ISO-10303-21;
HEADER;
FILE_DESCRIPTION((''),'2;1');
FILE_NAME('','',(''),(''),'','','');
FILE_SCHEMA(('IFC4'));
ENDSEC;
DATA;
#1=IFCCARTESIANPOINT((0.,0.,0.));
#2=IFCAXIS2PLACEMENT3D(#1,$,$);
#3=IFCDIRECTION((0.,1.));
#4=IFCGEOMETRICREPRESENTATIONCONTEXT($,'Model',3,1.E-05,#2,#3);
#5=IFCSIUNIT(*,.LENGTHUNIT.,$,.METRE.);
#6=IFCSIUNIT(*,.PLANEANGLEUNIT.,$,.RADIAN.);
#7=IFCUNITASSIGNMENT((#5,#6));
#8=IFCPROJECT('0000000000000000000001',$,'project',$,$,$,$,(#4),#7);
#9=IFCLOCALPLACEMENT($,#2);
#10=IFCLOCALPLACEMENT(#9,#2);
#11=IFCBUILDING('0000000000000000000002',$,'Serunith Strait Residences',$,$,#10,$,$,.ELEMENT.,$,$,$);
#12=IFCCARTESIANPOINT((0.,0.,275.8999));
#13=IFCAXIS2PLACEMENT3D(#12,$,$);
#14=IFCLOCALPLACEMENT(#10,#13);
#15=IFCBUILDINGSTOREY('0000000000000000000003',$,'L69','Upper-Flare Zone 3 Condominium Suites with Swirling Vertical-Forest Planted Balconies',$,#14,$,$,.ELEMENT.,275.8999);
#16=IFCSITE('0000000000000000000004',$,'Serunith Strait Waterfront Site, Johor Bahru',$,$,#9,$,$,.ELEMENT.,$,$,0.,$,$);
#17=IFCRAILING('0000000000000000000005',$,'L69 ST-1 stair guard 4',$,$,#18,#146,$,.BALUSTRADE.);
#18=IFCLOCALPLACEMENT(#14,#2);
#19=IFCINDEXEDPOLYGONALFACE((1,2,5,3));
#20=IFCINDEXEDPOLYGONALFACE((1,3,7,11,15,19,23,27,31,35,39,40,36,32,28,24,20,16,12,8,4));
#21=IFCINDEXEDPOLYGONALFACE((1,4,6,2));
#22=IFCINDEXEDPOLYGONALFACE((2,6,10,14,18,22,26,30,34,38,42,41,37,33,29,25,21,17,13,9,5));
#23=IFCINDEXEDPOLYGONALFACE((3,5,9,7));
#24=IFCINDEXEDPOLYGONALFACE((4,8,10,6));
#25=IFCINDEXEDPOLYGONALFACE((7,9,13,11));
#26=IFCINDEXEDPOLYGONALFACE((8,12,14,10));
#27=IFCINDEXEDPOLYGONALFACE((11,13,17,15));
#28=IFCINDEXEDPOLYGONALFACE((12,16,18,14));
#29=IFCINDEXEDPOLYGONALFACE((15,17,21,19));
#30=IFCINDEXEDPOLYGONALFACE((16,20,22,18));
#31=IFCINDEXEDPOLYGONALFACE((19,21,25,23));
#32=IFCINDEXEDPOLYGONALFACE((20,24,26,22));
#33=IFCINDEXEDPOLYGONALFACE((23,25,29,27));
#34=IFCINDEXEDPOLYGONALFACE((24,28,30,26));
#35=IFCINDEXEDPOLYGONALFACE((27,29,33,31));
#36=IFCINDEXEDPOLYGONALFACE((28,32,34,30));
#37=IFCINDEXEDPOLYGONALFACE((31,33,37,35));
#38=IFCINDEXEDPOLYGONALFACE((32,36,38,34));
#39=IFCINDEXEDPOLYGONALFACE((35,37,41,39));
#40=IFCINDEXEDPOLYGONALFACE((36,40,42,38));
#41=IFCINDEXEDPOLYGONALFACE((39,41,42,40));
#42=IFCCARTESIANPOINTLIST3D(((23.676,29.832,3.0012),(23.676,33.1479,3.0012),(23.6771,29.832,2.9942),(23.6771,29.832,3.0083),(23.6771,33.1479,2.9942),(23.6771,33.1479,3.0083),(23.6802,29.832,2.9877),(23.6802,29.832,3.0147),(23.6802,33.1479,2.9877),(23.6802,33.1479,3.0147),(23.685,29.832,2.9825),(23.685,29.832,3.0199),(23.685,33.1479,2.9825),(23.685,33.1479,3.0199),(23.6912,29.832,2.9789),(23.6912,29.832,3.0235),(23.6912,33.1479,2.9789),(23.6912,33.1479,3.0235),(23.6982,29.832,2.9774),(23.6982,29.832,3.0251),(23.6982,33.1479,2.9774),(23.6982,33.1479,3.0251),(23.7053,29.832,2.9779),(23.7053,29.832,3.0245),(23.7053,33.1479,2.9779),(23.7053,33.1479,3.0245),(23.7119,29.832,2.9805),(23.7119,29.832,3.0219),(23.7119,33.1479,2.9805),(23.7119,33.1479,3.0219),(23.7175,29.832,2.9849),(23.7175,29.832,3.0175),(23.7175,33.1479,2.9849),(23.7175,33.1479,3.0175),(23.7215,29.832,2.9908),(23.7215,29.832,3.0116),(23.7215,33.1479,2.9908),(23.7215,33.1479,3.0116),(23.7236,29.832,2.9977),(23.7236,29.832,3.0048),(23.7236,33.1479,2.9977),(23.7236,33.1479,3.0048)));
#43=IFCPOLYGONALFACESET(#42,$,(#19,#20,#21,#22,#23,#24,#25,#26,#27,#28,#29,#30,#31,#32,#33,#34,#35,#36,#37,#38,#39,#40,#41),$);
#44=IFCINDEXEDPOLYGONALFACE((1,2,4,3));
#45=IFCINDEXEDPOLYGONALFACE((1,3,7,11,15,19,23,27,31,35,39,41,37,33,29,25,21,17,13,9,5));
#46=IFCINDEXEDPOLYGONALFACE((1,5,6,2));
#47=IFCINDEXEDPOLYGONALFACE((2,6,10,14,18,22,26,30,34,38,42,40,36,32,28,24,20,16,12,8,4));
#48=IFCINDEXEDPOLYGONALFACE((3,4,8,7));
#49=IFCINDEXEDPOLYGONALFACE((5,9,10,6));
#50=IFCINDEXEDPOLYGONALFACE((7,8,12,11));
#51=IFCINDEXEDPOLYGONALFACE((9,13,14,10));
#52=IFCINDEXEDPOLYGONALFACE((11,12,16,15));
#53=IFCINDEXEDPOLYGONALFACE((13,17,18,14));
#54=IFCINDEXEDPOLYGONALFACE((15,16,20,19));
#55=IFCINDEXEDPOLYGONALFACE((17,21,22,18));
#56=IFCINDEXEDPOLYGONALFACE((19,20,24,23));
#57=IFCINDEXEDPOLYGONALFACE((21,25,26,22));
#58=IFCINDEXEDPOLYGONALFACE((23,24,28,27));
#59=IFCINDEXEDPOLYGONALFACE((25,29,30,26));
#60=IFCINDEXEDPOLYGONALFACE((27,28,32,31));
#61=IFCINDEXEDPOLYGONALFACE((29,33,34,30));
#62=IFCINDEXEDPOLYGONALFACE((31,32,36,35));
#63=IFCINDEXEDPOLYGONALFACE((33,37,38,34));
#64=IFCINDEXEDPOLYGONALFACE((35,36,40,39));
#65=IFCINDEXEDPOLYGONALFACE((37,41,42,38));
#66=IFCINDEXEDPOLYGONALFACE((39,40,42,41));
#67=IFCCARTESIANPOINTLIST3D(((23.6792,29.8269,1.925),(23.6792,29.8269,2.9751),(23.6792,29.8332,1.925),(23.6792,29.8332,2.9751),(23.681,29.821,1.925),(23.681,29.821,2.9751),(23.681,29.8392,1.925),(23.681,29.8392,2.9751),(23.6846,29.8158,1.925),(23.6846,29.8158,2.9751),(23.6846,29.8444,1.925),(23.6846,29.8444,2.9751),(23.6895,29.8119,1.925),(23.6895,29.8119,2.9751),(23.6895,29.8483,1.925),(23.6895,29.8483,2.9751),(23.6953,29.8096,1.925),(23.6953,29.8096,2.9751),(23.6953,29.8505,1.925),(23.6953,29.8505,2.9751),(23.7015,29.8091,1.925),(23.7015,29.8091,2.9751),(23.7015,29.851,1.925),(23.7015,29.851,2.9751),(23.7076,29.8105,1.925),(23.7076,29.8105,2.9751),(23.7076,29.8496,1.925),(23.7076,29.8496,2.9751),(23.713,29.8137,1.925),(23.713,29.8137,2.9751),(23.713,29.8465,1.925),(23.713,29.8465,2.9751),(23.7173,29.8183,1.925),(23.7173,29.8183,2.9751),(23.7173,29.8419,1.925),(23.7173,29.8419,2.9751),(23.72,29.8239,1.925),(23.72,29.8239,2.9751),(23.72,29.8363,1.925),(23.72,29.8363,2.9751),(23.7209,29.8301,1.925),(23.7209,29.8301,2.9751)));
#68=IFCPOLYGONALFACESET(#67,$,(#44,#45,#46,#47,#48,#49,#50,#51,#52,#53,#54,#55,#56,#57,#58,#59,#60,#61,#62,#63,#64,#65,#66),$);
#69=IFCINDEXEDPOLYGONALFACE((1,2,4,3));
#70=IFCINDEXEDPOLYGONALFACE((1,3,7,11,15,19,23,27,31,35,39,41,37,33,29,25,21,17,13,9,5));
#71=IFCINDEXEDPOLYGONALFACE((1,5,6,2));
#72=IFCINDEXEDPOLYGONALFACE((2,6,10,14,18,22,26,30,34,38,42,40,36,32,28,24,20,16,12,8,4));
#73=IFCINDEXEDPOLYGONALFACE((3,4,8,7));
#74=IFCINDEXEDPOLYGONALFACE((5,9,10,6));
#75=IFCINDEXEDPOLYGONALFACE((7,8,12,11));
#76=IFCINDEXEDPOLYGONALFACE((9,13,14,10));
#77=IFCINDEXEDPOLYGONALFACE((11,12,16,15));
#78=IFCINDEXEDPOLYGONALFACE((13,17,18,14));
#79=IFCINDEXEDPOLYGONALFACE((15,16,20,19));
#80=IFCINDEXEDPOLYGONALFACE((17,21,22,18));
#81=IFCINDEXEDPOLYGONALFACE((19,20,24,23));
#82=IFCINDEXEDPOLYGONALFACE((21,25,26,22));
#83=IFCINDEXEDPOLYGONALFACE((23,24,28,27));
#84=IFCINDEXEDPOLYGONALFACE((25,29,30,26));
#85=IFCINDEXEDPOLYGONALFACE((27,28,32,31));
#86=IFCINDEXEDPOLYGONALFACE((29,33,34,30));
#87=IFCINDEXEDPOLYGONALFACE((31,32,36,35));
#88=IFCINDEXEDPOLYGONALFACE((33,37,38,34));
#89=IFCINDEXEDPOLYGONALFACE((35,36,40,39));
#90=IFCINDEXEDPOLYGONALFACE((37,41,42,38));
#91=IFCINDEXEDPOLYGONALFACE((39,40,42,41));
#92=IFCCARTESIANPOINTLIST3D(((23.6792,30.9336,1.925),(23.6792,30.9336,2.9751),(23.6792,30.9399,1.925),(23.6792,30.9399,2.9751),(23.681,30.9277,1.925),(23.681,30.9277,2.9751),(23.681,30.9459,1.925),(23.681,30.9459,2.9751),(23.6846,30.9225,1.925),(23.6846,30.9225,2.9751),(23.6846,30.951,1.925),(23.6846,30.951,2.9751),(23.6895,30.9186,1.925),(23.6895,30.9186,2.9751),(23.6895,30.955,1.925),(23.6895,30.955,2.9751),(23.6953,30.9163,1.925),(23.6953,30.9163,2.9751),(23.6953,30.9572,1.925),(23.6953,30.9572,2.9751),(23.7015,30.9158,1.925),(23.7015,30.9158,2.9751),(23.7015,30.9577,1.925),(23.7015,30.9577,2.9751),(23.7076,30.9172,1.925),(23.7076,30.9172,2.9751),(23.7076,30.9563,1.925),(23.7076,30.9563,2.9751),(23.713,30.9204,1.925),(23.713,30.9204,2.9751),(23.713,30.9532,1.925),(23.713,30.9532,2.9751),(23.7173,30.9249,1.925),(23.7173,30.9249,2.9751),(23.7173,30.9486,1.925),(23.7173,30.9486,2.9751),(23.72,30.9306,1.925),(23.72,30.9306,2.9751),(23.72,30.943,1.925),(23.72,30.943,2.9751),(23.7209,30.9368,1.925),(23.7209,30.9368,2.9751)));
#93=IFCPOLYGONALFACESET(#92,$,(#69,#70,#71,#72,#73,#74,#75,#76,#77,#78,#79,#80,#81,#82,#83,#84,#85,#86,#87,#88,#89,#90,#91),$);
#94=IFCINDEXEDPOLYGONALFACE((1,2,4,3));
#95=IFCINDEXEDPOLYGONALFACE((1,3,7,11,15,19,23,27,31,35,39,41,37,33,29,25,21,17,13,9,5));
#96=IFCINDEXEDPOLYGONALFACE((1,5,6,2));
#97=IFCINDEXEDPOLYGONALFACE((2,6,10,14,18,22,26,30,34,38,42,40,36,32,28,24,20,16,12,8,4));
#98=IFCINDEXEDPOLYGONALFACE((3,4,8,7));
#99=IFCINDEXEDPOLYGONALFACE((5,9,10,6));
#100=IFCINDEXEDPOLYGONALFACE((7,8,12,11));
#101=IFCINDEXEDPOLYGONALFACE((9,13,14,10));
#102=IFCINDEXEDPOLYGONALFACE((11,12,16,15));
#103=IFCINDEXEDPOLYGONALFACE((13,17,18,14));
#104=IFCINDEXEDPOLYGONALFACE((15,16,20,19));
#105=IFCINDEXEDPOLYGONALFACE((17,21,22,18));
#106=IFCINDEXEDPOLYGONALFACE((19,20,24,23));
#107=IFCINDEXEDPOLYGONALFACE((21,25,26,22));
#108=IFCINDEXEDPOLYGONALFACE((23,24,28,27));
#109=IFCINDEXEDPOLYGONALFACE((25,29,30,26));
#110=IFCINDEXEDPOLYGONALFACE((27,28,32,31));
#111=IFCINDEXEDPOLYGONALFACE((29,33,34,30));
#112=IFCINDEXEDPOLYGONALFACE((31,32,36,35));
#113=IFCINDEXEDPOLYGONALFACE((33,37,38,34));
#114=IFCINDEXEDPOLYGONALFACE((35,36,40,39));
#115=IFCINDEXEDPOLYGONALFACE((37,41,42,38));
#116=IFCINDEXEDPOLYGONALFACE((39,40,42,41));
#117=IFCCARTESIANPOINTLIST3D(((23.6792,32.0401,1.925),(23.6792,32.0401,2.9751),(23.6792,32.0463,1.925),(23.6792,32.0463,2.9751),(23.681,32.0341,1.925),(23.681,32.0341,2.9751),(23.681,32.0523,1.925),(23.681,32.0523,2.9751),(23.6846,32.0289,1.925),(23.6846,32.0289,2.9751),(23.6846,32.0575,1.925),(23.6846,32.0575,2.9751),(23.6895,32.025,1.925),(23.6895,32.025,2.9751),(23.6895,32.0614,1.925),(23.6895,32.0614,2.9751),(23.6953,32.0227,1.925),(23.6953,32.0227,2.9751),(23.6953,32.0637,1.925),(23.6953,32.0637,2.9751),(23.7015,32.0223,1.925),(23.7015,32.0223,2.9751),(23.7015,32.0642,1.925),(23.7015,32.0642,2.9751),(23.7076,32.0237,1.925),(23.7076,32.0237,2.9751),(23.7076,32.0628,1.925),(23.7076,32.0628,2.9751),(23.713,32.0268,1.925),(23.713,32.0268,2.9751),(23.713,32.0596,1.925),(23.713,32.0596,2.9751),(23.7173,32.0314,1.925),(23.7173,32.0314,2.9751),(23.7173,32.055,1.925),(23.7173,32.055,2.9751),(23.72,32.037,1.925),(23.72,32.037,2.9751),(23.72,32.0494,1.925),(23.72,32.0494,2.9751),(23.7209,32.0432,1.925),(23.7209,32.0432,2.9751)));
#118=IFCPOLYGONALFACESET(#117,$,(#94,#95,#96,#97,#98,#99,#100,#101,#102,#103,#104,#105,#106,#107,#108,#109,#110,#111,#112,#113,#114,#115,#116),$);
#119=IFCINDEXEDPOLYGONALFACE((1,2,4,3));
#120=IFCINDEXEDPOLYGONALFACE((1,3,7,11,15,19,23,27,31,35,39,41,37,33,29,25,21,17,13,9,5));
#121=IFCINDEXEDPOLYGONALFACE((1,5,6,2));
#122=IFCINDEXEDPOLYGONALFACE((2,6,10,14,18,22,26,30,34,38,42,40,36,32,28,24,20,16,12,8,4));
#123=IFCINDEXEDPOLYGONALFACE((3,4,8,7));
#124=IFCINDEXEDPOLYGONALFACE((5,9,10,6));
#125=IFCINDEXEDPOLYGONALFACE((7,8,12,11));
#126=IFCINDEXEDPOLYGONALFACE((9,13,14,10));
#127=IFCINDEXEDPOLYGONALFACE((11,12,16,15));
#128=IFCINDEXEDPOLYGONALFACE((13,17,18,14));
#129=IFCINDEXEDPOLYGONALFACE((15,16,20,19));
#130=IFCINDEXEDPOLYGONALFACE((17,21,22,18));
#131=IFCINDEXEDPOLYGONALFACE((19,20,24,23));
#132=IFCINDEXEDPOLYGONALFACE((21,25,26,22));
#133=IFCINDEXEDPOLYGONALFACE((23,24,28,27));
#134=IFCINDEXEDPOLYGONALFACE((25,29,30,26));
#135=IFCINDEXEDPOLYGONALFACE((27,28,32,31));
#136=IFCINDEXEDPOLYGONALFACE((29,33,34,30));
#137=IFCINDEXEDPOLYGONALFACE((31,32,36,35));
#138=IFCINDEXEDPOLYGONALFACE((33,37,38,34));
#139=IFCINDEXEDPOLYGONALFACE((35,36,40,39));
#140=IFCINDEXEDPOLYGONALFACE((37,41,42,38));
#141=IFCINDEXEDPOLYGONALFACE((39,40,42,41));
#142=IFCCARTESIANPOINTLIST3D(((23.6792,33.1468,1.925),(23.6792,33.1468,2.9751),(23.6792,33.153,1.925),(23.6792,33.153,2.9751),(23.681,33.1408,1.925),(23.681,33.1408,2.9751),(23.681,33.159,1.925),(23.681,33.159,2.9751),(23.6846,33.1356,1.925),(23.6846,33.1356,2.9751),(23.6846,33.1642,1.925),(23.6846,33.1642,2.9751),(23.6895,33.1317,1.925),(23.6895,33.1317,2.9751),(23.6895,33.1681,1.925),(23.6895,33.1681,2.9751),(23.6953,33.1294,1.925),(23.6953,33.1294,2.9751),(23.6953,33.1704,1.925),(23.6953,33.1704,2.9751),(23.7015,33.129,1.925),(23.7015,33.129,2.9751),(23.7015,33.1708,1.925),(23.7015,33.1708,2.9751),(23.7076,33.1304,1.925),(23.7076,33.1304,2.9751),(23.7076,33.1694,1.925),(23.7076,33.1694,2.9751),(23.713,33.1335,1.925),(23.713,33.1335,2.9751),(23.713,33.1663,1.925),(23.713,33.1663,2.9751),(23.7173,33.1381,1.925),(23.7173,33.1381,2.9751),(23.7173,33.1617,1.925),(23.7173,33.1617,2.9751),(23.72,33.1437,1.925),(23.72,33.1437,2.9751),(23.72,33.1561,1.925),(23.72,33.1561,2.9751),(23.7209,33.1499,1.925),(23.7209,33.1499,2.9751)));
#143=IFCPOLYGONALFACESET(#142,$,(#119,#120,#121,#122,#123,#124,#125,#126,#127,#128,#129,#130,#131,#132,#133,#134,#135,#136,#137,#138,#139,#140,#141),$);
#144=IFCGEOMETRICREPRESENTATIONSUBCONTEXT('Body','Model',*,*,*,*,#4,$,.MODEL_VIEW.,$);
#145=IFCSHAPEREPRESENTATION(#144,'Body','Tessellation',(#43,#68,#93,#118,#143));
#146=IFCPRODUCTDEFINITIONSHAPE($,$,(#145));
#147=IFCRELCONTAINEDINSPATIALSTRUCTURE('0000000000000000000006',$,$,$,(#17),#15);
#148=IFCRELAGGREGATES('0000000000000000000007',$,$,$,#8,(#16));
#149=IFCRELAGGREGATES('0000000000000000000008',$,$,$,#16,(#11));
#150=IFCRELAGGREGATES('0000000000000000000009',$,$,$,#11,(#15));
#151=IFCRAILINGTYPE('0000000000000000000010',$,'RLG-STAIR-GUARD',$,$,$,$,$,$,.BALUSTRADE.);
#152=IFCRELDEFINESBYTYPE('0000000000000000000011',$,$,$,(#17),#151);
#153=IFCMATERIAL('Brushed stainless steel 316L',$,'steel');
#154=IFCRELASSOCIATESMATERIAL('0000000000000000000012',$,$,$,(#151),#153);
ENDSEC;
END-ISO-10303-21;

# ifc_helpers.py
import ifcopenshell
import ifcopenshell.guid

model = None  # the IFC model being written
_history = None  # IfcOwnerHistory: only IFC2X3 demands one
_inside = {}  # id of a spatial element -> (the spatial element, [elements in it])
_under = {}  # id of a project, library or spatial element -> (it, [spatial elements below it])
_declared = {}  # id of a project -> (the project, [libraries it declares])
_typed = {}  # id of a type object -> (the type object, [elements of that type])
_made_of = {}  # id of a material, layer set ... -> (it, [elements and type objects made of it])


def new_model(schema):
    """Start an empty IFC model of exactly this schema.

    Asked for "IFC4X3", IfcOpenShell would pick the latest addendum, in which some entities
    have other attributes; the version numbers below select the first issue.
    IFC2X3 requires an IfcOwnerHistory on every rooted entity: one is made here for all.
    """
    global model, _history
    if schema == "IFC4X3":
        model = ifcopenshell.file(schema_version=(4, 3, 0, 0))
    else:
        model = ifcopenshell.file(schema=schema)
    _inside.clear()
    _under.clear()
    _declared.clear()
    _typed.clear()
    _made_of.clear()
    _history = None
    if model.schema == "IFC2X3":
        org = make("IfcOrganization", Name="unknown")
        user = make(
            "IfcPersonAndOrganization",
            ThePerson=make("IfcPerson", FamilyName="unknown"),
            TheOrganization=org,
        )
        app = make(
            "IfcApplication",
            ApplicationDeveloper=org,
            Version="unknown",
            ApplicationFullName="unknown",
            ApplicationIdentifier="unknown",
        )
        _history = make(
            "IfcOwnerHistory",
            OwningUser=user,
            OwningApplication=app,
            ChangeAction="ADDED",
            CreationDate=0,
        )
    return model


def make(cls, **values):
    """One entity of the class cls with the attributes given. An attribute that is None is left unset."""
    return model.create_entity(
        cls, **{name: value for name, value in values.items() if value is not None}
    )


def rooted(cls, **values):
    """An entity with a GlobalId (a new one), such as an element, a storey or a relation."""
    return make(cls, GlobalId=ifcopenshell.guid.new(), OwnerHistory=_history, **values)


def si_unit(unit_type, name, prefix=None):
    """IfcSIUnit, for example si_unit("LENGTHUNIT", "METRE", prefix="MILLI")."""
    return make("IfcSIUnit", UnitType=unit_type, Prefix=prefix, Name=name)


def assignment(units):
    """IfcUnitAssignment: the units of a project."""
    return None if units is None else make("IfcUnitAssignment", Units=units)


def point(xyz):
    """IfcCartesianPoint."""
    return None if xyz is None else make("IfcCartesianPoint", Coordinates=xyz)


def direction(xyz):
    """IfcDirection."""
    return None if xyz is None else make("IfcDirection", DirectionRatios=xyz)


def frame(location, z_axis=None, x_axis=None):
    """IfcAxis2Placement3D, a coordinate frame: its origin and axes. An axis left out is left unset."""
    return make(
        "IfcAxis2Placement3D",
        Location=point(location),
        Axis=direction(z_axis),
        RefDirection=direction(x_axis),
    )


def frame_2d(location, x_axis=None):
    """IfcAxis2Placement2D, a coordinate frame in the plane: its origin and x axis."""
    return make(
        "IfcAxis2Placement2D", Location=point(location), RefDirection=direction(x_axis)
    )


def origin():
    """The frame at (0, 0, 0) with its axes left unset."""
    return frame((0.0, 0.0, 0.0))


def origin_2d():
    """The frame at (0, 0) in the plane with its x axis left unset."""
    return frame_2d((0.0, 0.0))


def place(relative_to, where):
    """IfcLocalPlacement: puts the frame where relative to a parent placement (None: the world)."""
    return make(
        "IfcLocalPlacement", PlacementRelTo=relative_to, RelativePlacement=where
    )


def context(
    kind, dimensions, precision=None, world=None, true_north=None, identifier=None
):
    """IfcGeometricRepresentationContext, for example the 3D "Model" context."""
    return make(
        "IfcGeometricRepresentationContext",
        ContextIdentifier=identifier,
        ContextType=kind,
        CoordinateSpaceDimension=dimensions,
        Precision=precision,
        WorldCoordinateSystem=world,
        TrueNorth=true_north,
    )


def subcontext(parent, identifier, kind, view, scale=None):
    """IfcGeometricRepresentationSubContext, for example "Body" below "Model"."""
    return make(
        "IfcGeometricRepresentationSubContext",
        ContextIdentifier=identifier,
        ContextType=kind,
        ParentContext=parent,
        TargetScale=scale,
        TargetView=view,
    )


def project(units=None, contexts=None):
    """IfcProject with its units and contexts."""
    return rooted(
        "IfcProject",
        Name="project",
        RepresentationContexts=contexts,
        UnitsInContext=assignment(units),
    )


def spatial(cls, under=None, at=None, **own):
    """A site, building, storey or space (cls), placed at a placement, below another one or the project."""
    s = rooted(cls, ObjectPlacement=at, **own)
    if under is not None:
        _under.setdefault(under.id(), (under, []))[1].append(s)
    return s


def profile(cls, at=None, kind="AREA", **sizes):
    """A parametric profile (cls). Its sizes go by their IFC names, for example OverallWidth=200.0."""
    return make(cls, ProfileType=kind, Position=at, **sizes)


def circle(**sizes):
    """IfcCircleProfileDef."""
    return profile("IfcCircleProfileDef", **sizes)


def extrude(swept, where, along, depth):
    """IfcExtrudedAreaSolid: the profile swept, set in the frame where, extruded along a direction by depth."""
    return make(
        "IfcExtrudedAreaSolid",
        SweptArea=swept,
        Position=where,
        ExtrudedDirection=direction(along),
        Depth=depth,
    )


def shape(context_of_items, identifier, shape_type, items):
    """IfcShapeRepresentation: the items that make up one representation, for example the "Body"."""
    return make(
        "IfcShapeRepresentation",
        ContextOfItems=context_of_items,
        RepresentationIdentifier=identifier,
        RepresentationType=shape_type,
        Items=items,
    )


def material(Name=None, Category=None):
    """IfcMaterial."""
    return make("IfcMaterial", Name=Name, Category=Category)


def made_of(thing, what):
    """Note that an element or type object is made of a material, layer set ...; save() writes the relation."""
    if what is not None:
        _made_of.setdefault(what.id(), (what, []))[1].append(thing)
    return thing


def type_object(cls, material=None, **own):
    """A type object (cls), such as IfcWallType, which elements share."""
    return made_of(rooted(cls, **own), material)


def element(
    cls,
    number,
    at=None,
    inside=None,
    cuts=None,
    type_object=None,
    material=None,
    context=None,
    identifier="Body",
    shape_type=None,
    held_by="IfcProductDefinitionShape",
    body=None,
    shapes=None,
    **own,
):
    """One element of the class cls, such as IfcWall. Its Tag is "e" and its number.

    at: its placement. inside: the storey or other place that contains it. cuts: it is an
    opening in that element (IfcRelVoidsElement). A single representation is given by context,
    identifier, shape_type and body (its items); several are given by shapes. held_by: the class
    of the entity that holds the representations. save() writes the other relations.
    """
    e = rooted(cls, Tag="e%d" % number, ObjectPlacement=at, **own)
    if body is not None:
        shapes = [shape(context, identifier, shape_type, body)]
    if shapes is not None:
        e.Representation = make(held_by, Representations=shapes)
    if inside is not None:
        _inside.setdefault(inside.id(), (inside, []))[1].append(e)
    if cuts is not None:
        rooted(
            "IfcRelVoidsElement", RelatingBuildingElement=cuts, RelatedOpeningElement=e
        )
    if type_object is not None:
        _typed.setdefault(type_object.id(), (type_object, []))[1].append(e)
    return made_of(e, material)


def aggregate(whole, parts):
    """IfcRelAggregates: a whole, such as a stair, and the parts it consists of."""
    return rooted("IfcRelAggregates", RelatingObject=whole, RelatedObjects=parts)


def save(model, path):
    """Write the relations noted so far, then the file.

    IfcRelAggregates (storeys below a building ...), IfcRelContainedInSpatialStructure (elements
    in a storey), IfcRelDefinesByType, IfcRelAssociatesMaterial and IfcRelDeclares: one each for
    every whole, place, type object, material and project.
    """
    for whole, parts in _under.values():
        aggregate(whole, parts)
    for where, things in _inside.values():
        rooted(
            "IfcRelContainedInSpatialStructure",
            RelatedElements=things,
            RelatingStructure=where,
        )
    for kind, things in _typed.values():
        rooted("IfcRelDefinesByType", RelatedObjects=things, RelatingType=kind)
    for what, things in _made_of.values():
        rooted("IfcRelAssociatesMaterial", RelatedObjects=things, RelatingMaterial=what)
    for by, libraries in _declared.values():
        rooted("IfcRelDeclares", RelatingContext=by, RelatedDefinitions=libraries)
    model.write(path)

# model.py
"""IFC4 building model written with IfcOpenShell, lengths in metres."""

from ifc_helpers import new_model, si_unit, direction, frame, origin, origin_2d, place, context, subcontext, project, spatial, circle, extrude, material, type_object, element, save


model = new_model("IFC4")

# Units and contexts
model_context = context("Model", 3, precision=1e-05, world=origin(), true_north=direction((0.0, 1.0)))
body_context = subcontext(model_context, "Body", "Model", "MODEL_VIEW")
ifc_project = project(units=[si_unit("LENGTHUNIT", "METRE"), si_unit("PLANEANGLEUNIT", "RADIAN")], contexts=[model_context])

# Site, building, storey
site_placement = place(None, origin())
site = spatial("IfcSite", under=ifc_project, at=site_placement, Name="Serunith Strait Waterfront Site, Johor Bahru", CompositionType="ELEMENT", RefElevation=0.0)
building_placement = place(site_placement, origin())
building = spatial("IfcBuilding", under=site, at=building_placement, Name="Serunith Strait Residences", CompositionType="ELEMENT")
storey_placement = place(building_placement, frame((0.0, 0.0, 275.8999)))
storey = spatial("IfcBuildingStorey", under=building, at=storey_placement, Name="L69", Description="Upper-Flare Zone 3 Condominium Suites with Swirling Vertical-Forest Planted Balconies", CompositionType="ELEMENT", Elevation=275.8999)

# Railing
ifc_material_1 = material(Name="Brushed stainless steel 316L", Category="steel")
railing_type_1 = type_object("IfcRailingType", Name="RLG-STAIR-GUARD", PredefinedType="BALUSTRADE", material=ifc_material_1)
for number, where, name in (
    (1, (23.7, 29.8301, 1.925), "L69 ST-1 stair guard 4"),
):
    element("IfcRailing", number, at=place(storey_placement, frame(where)), inside=storey, type_object=railing_type_1, Name=name, PredefinedType="BALUSTRADE", context=body_context, shape_type="SweptSolid", body=[
        extrude(circle(Radius=0.0239, at=origin_2d()), frame((0.0, 0.002, 1.0762), z_axis=(0.0, 1.0, 0.0), x_axis=(-1.0, 0.0, 0.0)), (0.0, 0.0, 1.0), 3.3159),
        extrude(circle(Radius=0.021, at=origin_2d()), origin(), (0.0, 0.0, 1.0), 1.05),
        extrude(circle(Radius=0.021, at=origin_2d()), frame((0.0, 1.1067, 0.0)), (0.0, 0.0, 1.0), 1.05),
        extrude(circle(Radius=0.021, at=origin_2d()), frame((0.0, 2.2131, 0.0)), (0.0, 0.0, 1.0), 1.05),
        extrude(circle(Radius=0.021, at=origin_2d()), frame((0.0, 3.3198, 0.0)), (0.0, 0.0, 1.0), 1.05),
    ])

save(model, "model.ifc")
